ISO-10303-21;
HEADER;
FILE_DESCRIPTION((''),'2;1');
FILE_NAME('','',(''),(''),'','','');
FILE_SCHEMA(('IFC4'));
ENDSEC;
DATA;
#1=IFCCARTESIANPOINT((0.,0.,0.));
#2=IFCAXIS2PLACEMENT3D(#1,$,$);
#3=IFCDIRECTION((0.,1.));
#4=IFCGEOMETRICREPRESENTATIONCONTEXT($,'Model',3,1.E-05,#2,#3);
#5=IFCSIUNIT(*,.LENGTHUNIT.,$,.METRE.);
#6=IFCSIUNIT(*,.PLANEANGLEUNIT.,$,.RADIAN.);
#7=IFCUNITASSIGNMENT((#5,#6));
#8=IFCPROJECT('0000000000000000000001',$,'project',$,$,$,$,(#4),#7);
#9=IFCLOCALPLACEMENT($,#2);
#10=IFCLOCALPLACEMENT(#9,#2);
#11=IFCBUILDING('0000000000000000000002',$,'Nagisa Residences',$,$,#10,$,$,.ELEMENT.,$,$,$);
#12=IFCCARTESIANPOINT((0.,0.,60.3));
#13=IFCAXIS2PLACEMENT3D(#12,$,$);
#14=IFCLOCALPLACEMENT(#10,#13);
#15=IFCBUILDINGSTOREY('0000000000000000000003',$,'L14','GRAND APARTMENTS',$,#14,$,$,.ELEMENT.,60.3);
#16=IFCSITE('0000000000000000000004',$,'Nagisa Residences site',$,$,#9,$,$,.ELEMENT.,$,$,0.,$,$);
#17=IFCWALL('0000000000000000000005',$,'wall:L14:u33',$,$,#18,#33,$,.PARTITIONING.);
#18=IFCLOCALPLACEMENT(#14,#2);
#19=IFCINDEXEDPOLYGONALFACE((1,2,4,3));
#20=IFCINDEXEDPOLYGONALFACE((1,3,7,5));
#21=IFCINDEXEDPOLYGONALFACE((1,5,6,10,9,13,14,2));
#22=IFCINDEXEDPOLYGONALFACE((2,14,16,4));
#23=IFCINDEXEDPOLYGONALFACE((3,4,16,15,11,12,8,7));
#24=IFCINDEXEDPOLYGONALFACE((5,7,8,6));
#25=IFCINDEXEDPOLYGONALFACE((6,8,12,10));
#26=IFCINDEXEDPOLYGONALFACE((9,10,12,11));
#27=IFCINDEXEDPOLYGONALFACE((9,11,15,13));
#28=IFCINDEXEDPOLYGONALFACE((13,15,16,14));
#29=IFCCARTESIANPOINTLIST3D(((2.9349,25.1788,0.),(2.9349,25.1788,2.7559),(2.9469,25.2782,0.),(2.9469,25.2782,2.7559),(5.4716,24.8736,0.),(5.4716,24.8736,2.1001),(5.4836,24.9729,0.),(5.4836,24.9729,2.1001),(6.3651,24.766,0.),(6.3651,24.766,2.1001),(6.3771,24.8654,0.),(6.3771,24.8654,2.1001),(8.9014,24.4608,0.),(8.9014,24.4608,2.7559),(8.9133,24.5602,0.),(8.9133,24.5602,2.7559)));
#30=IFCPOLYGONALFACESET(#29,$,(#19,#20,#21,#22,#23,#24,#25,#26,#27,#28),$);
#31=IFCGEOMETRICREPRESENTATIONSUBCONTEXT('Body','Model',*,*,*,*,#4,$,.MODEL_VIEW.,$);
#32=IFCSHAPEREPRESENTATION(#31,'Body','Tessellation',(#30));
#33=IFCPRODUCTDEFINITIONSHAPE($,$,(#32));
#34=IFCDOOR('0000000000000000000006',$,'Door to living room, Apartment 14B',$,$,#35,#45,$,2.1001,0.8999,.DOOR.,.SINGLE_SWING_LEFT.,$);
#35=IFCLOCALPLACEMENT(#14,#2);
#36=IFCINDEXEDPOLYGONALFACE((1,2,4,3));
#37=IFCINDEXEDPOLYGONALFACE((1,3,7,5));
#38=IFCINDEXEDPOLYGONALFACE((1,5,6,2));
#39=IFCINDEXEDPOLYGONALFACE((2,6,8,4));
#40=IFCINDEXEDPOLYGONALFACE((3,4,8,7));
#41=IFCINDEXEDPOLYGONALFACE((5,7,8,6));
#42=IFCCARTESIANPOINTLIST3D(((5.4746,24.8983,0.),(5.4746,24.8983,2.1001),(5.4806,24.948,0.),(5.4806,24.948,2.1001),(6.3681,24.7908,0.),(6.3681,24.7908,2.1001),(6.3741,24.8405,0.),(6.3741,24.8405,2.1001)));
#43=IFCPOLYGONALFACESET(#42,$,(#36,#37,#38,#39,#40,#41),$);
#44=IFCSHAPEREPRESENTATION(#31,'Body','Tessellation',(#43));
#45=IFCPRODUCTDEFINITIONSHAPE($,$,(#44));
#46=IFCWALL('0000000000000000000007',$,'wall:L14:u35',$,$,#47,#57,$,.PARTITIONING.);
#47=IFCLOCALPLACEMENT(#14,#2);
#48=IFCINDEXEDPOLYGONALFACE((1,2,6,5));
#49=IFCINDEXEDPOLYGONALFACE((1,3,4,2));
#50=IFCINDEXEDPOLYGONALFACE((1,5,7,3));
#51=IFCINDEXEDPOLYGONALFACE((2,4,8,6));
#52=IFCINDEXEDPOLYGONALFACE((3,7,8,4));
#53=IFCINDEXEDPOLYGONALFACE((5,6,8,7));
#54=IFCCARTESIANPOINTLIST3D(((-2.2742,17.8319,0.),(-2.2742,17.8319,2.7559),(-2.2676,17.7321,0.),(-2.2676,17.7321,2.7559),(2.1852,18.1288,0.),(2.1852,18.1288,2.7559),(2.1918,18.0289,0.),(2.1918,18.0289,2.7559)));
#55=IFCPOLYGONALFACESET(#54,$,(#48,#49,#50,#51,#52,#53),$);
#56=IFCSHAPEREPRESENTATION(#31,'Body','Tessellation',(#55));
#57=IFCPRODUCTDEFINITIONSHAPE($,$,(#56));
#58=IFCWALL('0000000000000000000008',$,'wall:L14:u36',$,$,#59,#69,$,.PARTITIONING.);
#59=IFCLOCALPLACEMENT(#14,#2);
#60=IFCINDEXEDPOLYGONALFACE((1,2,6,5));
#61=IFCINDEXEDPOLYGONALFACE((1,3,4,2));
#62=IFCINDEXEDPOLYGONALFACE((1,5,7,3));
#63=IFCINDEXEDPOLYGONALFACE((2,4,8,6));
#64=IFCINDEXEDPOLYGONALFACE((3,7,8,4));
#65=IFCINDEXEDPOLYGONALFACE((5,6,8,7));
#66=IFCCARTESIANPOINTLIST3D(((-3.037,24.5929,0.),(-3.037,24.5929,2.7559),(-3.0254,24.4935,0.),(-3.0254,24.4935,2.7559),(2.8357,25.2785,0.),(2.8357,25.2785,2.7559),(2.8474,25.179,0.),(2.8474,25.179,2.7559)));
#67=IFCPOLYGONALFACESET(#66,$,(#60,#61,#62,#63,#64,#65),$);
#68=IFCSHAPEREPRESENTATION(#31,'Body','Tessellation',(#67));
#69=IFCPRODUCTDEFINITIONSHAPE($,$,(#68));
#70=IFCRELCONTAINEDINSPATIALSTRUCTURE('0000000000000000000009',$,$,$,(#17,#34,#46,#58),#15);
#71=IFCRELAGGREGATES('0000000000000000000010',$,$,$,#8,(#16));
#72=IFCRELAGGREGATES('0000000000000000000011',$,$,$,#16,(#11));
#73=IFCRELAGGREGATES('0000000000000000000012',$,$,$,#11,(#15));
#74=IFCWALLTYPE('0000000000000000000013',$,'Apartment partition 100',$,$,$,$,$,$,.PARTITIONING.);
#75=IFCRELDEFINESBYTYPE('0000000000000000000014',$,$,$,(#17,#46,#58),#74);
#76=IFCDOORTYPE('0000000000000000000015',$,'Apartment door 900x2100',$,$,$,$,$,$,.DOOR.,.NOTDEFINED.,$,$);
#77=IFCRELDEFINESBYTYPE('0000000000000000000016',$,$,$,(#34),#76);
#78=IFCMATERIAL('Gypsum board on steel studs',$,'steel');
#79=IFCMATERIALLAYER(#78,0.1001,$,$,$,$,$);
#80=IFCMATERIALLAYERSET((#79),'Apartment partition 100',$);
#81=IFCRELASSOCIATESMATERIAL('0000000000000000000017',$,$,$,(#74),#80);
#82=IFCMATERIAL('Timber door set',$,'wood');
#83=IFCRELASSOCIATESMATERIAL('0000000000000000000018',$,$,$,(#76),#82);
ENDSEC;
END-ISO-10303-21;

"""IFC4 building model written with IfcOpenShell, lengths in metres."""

from ifc_helpers import new_model, si_unit, direction, frame, frame_2d, origin, place, context, subcontext, project, spatial, rectangle, extrude, material, layer, layer_set, type_object, element, fill, save


model = new_model("IFC4")

# Units and contexts
model_context = context("Model", 3, precision=1e-05, world=origin(), true_north=direction((0.0, 1.0)))
body_context = subcontext(model_context, "Body", "Model", "MODEL_VIEW")
ifc_project = project(units=[si_unit("LENGTHUNIT", "METRE"), si_unit("PLANEANGLEUNIT", "RADIAN")], contexts=[model_context])

# Site, building, storey
site_placement = place(None, origin())
site = spatial("IfcSite", under=ifc_project, at=site_placement, Name="Nagisa Residences site", CompositionType="ELEMENT", RefElevation=0.0)
building_placement = place(site_placement, origin())
building = spatial("IfcBuilding", under=site, at=building_placement, Name="Nagisa Residences", CompositionType="ELEMENT")
storey_placement = place(building_placement, frame((0.0, 0.0, 60.3)))
storey = spatial("IfcBuildingStorey", under=building, at=storey_placement, Name="L14", Description="GRAND APARTMENTS", CompositionType="ELEMENT", Elevation=60.3)

# Shared definitions
ifc_material_1 = material(Name="Gypsum board on steel studs", Category="steel")
ifc_layer_1 = layer(ifc_material_1, 0.1001)
ifc_layer_set_1 = layer_set([ifc_layer_1], Name="Apartment partition 100")
wall_type_1 = type_object("IfcWallType", Name="Apartment partition 100", PredefinedType="PARTITIONING", material=ifc_layer_set_1)

# Shared definitions
ifc_material_2 = material(Name="Timber door set", Category="wood")
door_type_1 = type_object("IfcDoorType", Name="Apartment door 900x2100", OperationType="NOTDEFINED", PredefinedType="DOOR", material=ifc_material_2)

# Wall, opening, door
wall_1_placement = place(storey_placement, frame((8.9075, 24.5105, 0.0), z_axis=(0.0, 0.0, 1.0), x_axis=(-0.992837, 0.119478, 0.0)))
wall_1 = element("IfcWall", 1, at=wall_1_placement, inside=storey, type_object=wall_type_1, Name="wall:L14:u33", PredefinedType="PARTITIONING", context=body_context, shape_type="SweptSolid", body=[
    extrude(rectangle(XDim=6.0095, YDim=0.1001, at=frame_2d((3.0049, 0.0))), origin(), (0.0, 0.0, 1.0), 2.7559),
])
opening_1_placement = place(wall_1_placement, frame((2.5547, 0.0, 0.0)))
opening_1 = element("IfcOpeningElement", 2, at=opening_1_placement, cuts=wall_1, PredefinedType="OPENING", context=body_context, shape_type="SweptSolid", body=[
    extrude(rectangle(XDim=0.8999, YDim=2.1001, at=frame_2d((0.45, 1.05))), frame((0.0, 0.0601, 0.0), z_axis=(0.0, -1.0, 0.0), x_axis=(1.0, 0.0, 0.0)), (0.0, 0.0, 1.0), 0.1201),
])
door_1_placement = place(opening_1_placement, frame((0.8999, 0.0, 0.0), x_axis=(-1.0, 0.0, 0.0)))
door_1 = element("IfcDoor", 3, at=door_1_placement, inside=storey, type_object=door_type_1, Name="Door to living room, Apartment 14B", OperationType="SINGLE_SWING_LEFT", OverallHeight=2.1001, OverallWidth=0.8999, PredefinedType="DOOR", context=body_context, shape_type="SweptSolid", body=[
    extrude(rectangle(XDim=0.8999, YDim=2.1001, at=frame_2d((0.45, 1.05))), frame((0.0, 0.0249, 0.0), z_axis=(0.0, -1.0, 0.0), x_axis=(1.0, 0.0, 0.0)), (0.0, 0.0, 1.0), 0.05),
])
fill(opening_1, door_1)

# Walls
wall_2_placement = place(storey_placement, frame((2.1885, 18.0789, 0.0), z_axis=(0.0, 0.0, 1.0), x_axis=(-0.997791, -0.066425, 0.0)))
element("IfcWall", 4, at=wall_2_placement, inside=storey, type_object=wall_type_1, Name="wall:L14:u35", PredefinedType="PARTITIONING", context=body_context, shape_type="SweptSolid", body=[
    extrude(rectangle(XDim=4.4692, YDim=0.1001, at=frame_2d((2.2346, 0.0))), origin(), (0.0, 0.0, 1.0), 2.7559),
])
wall_3_placement = place(storey_placement, frame((2.8416, 25.2288, 0.0), z_axis=(0.0, 0.0, 1.0), x_axis=(-0.993256, -0.115945, 0.0)))
element("IfcWall", 5, at=wall_3_placement, inside=storey, type_object=wall_type_1, Name="wall:L14:u36", PredefinedType="PARTITIONING", context=body_context, shape_type="SweptSolid", body=[
    extrude(rectangle(XDim=5.9126, YDim=0.1001, at=frame_2d((2.9563, 0.0))), origin(), (0.0, 0.0, 1.0), 2.7559),
])

save(model, "model.ifc")
